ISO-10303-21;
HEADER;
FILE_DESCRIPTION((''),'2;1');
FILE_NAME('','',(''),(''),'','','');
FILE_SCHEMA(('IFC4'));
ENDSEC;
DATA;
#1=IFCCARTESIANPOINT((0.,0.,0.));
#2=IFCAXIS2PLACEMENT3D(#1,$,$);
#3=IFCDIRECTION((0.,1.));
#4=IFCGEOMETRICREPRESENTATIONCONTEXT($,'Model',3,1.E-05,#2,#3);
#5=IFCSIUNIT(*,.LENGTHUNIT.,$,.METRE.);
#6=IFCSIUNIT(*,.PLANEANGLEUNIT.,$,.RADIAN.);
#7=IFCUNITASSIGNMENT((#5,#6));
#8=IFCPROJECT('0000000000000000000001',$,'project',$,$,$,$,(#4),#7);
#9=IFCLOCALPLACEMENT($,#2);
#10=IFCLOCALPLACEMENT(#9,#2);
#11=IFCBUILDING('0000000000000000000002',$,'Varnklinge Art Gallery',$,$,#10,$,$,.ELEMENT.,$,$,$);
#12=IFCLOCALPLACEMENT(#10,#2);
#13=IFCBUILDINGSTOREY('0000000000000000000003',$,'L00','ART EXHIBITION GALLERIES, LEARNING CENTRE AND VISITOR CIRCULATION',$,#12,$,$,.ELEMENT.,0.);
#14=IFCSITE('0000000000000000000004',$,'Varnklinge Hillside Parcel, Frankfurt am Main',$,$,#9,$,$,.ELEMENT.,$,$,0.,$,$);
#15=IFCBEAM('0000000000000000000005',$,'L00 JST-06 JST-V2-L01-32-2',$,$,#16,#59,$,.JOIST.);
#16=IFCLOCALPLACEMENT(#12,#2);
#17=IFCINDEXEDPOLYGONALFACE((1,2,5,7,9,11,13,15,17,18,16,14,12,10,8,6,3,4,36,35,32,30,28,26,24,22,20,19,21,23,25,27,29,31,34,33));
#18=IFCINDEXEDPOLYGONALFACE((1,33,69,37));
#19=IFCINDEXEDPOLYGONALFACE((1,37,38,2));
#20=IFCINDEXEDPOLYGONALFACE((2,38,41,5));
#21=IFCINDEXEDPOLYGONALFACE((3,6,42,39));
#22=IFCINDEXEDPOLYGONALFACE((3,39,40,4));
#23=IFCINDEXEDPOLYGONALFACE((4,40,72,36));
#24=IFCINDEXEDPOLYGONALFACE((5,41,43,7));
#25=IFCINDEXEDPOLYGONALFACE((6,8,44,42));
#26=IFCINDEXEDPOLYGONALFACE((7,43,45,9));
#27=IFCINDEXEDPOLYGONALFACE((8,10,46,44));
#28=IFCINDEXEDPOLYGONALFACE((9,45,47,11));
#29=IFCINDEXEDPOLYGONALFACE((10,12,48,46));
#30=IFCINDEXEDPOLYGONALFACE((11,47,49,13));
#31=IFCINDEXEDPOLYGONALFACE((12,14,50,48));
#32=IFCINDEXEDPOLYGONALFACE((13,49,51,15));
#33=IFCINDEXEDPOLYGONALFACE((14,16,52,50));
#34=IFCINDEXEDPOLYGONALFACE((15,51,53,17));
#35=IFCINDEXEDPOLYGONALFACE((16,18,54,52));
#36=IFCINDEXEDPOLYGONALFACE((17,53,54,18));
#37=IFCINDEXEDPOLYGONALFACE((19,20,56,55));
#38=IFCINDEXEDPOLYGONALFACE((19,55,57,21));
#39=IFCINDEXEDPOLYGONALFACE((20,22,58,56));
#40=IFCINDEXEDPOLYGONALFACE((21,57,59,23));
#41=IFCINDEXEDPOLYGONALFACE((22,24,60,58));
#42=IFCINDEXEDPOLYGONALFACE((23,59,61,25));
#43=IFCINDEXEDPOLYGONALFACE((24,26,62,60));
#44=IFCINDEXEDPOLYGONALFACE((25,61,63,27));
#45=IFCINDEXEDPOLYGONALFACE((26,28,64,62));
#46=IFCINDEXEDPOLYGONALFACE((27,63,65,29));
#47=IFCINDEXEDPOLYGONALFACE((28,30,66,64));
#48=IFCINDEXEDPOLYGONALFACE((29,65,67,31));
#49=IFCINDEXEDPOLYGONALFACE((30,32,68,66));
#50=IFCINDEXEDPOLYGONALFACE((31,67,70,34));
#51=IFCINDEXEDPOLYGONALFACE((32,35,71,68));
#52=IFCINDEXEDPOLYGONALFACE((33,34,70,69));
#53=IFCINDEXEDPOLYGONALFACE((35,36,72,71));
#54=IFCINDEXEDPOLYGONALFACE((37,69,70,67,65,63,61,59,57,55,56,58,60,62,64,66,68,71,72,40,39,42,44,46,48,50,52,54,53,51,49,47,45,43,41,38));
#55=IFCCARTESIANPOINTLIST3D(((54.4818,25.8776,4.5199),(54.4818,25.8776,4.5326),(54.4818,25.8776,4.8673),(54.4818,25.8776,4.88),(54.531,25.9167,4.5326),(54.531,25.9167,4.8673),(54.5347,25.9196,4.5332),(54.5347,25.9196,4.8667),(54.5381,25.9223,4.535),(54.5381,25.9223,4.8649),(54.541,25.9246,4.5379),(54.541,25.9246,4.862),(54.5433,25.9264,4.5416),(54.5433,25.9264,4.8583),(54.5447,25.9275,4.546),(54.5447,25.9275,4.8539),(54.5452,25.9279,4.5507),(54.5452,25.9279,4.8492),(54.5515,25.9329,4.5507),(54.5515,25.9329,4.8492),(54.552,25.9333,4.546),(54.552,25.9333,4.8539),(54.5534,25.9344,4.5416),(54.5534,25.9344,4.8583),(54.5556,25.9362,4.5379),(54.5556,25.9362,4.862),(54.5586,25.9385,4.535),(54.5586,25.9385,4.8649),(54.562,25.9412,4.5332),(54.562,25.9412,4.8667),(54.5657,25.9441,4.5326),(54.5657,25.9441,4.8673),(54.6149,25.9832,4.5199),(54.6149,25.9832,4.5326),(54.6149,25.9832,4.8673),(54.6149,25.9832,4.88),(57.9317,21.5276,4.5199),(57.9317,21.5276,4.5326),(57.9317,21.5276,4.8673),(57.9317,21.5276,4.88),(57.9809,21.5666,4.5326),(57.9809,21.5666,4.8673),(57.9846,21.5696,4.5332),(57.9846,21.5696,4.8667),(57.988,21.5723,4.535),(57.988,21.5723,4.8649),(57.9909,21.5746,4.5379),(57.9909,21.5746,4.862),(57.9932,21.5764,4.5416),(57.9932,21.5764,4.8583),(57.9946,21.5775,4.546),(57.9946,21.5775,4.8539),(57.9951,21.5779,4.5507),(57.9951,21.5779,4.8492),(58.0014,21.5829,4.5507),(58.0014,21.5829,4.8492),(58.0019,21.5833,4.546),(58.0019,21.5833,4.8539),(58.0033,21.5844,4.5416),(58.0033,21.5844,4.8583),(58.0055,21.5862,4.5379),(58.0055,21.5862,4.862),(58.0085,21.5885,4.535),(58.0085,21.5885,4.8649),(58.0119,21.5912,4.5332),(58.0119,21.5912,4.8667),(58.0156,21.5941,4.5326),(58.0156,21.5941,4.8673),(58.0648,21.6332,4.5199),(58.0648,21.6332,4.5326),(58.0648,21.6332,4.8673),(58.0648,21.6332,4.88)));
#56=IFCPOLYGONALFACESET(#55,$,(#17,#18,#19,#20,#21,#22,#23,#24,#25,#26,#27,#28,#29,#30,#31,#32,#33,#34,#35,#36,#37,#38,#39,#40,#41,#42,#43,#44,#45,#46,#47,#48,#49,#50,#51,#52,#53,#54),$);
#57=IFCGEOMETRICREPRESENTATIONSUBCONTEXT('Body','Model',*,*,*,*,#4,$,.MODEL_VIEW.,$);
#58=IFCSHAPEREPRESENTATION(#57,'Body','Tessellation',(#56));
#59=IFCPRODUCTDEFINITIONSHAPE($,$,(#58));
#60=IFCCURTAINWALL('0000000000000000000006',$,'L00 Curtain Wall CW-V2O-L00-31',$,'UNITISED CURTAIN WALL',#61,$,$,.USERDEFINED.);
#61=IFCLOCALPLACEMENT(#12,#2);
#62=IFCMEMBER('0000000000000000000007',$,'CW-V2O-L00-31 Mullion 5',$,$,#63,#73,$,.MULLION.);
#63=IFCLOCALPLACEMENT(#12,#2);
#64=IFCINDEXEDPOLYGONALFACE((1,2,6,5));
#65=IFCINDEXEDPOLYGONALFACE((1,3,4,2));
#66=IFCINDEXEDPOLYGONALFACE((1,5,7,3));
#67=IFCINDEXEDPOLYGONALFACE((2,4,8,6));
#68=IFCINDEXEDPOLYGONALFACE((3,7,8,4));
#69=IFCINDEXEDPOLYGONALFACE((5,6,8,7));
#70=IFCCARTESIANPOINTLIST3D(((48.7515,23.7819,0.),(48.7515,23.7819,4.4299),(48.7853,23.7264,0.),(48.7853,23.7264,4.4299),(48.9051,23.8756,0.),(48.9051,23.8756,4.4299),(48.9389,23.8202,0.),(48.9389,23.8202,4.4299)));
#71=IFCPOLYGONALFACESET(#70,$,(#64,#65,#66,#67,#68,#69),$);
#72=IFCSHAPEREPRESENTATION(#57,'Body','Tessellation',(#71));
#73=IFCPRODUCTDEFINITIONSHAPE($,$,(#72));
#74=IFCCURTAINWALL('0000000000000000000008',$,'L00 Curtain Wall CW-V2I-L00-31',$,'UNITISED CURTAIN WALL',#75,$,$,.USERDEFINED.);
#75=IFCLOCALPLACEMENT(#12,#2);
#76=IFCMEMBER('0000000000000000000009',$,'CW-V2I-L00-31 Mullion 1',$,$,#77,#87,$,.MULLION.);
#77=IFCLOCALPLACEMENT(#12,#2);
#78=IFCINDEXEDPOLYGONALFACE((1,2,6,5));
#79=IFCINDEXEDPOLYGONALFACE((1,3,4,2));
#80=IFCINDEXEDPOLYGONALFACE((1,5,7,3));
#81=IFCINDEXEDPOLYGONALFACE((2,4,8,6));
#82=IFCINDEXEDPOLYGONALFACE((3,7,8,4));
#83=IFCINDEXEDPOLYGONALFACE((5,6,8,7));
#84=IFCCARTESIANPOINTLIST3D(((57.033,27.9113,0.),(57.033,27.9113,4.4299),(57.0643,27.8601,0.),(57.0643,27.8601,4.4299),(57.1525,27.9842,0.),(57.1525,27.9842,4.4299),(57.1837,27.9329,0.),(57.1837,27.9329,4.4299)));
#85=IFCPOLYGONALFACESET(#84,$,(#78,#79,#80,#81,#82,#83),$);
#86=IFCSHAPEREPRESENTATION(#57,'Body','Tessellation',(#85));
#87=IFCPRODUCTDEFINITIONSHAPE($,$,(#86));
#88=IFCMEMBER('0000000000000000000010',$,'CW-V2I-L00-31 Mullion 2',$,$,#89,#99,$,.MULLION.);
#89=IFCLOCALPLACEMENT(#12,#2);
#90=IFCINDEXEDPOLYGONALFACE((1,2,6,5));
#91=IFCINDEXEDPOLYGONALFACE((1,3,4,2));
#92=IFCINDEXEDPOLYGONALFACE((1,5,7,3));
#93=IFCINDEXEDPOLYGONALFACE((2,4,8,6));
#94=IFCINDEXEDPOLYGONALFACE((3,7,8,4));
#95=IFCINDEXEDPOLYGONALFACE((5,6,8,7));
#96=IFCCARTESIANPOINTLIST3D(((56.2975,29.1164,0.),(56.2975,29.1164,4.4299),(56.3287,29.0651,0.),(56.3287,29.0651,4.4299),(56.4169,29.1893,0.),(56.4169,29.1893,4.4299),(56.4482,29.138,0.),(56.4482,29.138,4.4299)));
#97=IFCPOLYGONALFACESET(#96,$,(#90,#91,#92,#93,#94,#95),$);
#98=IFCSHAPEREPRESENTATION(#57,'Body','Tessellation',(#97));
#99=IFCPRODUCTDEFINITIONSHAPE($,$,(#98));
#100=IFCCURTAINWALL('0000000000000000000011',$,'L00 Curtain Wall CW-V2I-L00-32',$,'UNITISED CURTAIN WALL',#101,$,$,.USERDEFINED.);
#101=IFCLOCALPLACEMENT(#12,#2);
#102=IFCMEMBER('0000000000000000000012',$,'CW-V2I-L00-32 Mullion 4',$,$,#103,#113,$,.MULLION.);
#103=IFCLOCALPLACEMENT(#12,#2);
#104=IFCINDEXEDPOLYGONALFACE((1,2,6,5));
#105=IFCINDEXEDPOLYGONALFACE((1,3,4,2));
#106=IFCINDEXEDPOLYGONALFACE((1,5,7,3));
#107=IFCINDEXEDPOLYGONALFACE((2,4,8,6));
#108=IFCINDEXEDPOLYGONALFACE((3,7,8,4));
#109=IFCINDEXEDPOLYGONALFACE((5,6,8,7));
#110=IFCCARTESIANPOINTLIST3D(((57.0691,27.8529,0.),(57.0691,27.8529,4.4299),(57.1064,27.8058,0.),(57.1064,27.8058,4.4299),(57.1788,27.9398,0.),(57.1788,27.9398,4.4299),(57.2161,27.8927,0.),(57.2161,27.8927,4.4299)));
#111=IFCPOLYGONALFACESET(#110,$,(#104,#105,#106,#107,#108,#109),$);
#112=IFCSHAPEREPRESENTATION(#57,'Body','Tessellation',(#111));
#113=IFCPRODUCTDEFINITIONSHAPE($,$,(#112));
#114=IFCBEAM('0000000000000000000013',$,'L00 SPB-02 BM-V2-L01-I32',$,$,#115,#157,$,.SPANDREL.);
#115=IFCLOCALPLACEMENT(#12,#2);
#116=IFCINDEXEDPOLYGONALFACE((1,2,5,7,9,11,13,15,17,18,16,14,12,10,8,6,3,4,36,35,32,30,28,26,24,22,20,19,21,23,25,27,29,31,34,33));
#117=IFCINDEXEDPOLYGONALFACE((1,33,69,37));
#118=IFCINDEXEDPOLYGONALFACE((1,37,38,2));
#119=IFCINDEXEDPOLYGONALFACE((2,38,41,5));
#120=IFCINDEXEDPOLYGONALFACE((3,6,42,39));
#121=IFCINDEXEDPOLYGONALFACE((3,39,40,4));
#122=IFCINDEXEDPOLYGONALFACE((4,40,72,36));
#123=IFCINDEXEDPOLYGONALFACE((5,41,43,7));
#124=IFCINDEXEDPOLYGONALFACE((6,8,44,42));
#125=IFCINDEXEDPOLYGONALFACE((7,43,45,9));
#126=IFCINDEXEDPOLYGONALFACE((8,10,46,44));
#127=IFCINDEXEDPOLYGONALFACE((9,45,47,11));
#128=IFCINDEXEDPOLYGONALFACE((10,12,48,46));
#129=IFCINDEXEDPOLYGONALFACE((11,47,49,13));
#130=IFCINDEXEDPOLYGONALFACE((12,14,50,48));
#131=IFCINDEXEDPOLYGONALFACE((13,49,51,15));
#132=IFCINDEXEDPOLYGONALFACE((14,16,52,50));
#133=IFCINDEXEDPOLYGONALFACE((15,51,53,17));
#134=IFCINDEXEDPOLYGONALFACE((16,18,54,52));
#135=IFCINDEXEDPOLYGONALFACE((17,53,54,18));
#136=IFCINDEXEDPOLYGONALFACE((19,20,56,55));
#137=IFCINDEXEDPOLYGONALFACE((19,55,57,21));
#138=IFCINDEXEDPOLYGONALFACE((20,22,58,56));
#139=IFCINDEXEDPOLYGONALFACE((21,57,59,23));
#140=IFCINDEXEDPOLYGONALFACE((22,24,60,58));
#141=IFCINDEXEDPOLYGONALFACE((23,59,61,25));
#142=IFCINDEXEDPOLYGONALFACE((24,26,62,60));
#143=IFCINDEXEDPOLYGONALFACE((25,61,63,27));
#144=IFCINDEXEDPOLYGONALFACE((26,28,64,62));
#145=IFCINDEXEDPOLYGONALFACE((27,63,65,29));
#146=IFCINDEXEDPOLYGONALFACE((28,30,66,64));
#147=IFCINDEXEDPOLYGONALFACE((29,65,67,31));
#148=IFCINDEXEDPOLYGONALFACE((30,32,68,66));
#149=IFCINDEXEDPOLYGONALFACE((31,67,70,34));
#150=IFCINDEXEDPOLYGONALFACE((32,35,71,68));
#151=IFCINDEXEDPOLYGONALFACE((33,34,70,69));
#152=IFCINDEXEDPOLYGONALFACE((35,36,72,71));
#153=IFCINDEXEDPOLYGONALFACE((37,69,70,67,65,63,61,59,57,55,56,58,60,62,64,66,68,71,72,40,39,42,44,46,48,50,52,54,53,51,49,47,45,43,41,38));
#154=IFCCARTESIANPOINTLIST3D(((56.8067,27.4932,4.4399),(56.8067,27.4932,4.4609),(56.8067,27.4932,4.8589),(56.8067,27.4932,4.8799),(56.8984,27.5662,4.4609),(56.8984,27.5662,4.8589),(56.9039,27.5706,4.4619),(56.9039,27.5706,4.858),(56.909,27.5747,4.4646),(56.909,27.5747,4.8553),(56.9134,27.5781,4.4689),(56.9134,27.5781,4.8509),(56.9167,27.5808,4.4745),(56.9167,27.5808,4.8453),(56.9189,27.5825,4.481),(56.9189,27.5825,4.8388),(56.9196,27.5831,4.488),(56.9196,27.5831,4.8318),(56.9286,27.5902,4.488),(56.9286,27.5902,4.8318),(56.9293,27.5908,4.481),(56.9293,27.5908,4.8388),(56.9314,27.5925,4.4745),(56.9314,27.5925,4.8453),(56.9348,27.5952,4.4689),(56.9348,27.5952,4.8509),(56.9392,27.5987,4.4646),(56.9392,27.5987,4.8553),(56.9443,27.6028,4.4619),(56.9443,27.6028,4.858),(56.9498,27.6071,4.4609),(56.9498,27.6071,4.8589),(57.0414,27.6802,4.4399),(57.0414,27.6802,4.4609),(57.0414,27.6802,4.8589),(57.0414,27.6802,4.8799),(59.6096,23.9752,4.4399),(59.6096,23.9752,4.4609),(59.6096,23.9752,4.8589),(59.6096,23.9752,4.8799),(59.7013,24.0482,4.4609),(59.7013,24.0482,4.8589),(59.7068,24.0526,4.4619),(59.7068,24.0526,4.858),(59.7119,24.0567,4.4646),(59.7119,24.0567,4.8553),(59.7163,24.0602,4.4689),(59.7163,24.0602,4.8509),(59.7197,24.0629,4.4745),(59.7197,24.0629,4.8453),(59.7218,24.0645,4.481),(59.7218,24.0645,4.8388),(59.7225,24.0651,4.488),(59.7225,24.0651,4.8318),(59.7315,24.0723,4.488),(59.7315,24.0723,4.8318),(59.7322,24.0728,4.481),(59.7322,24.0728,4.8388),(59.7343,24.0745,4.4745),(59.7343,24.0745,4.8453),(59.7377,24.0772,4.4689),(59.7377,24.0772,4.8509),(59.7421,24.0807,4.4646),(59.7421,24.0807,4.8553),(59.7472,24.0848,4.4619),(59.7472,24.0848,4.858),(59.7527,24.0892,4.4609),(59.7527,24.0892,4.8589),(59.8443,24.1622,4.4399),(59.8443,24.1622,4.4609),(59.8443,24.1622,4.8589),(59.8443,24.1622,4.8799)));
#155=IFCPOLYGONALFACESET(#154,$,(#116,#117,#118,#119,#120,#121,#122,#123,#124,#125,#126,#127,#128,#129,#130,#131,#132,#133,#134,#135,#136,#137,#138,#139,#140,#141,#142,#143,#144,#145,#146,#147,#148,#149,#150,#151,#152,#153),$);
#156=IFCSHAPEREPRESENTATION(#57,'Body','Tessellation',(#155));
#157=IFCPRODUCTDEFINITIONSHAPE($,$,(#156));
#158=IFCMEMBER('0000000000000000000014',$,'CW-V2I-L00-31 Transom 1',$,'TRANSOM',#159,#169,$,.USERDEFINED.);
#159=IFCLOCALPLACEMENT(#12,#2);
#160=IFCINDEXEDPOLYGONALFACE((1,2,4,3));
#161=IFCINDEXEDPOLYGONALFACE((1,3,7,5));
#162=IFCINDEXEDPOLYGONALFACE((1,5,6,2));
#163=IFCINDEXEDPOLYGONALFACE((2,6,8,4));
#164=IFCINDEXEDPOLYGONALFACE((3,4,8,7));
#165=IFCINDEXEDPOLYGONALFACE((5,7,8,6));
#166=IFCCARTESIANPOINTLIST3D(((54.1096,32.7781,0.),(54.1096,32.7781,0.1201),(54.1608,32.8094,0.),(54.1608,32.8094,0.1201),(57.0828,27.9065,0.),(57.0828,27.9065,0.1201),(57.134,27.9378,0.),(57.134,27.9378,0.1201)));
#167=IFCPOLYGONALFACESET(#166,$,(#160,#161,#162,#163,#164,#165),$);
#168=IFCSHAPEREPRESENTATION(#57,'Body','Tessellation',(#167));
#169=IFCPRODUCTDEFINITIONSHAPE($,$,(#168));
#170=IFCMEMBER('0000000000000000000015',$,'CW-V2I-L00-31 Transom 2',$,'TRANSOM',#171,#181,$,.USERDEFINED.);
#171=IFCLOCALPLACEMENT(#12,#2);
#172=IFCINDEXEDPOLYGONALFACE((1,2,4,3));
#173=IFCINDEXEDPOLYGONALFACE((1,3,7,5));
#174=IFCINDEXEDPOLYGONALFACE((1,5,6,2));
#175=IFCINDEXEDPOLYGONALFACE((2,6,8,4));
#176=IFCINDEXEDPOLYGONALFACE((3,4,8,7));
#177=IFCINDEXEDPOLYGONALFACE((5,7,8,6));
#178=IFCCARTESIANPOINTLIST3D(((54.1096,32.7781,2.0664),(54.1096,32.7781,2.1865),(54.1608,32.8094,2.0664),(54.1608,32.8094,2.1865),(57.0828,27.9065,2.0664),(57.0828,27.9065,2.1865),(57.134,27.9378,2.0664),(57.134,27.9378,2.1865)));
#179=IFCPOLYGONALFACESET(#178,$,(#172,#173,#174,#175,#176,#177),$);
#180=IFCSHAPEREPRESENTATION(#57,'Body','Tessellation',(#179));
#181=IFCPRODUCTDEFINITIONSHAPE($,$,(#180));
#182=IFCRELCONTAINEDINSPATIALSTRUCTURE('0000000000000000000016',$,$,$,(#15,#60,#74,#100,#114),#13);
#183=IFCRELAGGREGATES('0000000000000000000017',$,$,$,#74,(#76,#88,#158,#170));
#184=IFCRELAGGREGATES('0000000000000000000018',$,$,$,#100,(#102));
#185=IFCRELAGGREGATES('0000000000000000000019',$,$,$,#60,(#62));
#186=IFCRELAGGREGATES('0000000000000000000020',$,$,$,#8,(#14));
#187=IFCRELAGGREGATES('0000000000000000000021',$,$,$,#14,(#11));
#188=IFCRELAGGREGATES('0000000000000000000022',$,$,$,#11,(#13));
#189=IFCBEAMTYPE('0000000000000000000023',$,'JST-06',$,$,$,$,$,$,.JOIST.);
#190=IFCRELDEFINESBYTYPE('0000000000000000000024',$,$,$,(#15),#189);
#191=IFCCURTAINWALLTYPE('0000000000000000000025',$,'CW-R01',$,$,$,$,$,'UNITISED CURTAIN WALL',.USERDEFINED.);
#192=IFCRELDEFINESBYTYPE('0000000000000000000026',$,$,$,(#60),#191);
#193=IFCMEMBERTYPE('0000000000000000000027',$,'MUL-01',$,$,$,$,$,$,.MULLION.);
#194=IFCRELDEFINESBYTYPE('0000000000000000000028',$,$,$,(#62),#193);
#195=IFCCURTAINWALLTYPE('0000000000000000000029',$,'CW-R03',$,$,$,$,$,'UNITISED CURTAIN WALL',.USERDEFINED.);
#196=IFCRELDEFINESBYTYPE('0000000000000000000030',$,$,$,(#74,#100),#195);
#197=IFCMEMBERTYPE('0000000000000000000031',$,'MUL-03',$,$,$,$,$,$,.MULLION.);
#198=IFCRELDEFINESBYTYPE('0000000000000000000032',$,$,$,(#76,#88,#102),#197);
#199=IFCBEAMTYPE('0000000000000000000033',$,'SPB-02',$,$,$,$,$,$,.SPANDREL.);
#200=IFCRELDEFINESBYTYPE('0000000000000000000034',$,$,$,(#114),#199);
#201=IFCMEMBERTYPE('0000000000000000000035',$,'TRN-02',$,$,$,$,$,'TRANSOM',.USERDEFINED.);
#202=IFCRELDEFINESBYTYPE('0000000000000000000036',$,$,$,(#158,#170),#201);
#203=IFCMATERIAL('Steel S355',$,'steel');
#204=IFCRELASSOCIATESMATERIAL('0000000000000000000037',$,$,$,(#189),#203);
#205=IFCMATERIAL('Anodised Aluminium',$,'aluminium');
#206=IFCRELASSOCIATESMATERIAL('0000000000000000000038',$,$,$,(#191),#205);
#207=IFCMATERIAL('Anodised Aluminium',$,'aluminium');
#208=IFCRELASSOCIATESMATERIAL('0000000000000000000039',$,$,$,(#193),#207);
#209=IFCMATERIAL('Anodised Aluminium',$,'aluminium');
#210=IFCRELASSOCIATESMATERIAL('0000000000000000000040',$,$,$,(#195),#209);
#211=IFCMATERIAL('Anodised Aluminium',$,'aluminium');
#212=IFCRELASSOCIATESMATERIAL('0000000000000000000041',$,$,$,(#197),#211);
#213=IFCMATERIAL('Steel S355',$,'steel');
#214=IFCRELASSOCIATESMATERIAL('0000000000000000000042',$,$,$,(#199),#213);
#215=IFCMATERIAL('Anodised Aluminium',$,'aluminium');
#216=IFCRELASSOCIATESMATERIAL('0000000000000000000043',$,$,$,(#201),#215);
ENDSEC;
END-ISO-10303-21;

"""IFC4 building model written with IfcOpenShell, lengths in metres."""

from ifc_helpers import new_model, si_unit, direction, frame, origin, origin_2d, place, context, subcontext, project, spatial, rectangle, i_section, extrude, material, material_profile, profile_set, type_object, element, aggregate, save


model = new_model("IFC4")

# Units and contexts
model_context = context("Model", 3, precision=1e-05, world=origin(), true_north=direction((0.0, 1.0)))
body_context = subcontext(model_context, "Body", "Model", "MODEL_VIEW")
ifc_project = project(units=[si_unit("LENGTHUNIT", "METRE"), si_unit("PLANEANGLEUNIT", "RADIAN")], contexts=[model_context])

# Site, building, storey
site_placement = place(None, origin())
site = spatial("IfcSite", under=ifc_project, at=site_placement, Name="Varnklinge Hillside Parcel, Frankfurt am Main", CompositionType="ELEMENT", RefElevation=0.0)
building_placement = place(site_placement, origin())
building = spatial("IfcBuilding", under=site, at=building_placement, Name="Varnklinge Art Gallery", CompositionType="ELEMENT")
storey_placement = place(building_placement, origin())
storey = spatial("IfcBuildingStorey", under=building, at=storey_placement, Name="L00", Description="ART EXHIBITION GALLERIES, LEARNING CENTRE AND VISITOR CIRCULATION", CompositionType="ELEMENT", Elevation=0.0)

# Beam
ifc_material_1 = material(Name="Steel S355", Category="steel")
ifc_material_profile_1 = material_profile(ifc_material_1, i_section(OverallWidth=0.1699, OverallDepth=0.3601, WebThickness=0.0081, FlangeThickness=0.0127, FilletRadius=0.0181, at=origin_2d()), Name="IPE 360")
ifc_profile_set_1 = profile_set([ifc_material_profile_1], Name="Steel S355")
beam_type_1 = type_object("IfcBeamType", Name="JST-06", PredefinedType="JOIST", material=ifc_profile_set_1)
beam_1_placement = place(storey_placement, frame((54.5483, 25.9304, 4.7), z_axis=(0.621381, -0.783509, 0.0), x_axis=(0.783509, 0.621381, 0.0)))
element("IfcBeam", 1, at=beam_1_placement, inside=storey, type_object=beam_type_1, Name="L00 JST-06 JST-V2-L01-32-2", PredefinedType="JOIST", context=body_context, shape_type="SweptSolid", body=[
    extrude(i_section(OverallWidth=0.1699, OverallDepth=0.3601, WebThickness=0.0081, FlangeThickness=0.0127, FilletRadius=0.0181, at=origin_2d()), origin(), (0.0, 0.0, 1.0), 5.552),
])

# Curtain wall, member
ifc_material_2 = material(Name="Anodised Aluminium", Category="aluminium")
curtain_wall_type_1 = type_object("IfcCurtainWallType", Name="CW-R01", ElementType="UNITISED CURTAIN WALL", PredefinedType="USERDEFINED", material=ifc_material_2)
curtain_wall_1_placement = place(storey_placement, origin())
curtain_wall_1 = element("IfcCurtainWall", 2, at=curtain_wall_1_placement, inside=storey, type_object=curtain_wall_type_1, Name="L00 Curtain Wall CW-V2O-L00-31", ObjectType="UNITISED CURTAIN WALL", PredefinedType="USERDEFINED")
ifc_material_3 = material(Name="Anodised Aluminium", Category="aluminium")
ifc_material_profile_2 = material_profile(ifc_material_3, rectangle(XDim=0.0649, YDim=0.1799, at=origin_2d()), Name="ALU 65x180")
ifc_profile_set_2 = profile_set([ifc_material_profile_2], Name="Anodised Aluminium")
member_type_1 = type_object("IfcMemberType", Name="MUL-01", PredefinedType="MULLION", material=ifc_profile_set_2)
member_1_placement = place(storey_placement, frame((48.8452, 23.801, 0.0), z_axis=(0.0, 0.0, 1.0), x_axis=(0.520861, -0.853642, 0.0)))
member_1 = element("IfcMember", 3, at=member_1_placement, type_object=member_type_1, Name="CW-V2O-L00-31 Mullion 5", PredefinedType="MULLION", context=body_context, shape_type="SweptSolid", body=[
    extrude(rectangle(XDim=0.0649, YDim=0.1799, at=origin_2d()), origin(), (0.0, 0.0, 1.0), 4.4299),
])

# Curtain wall, members
ifc_material_4 = material(Name="Anodised Aluminium", Category="aluminium")
curtain_wall_type_2 = type_object("IfcCurtainWallType", Name="CW-R03", ElementType="UNITISED CURTAIN WALL", PredefinedType="USERDEFINED", material=ifc_material_4)
curtain_wall_2_placement = place(storey_placement, origin())
curtain_wall_2 = element("IfcCurtainWall", 4, at=curtain_wall_2_placement, inside=storey, type_object=curtain_wall_type_2, Name="L00 Curtain Wall CW-V2I-L00-31", ObjectType="UNITISED CURTAIN WALL", PredefinedType="USERDEFINED")
ifc_material_5 = material(Name="Anodised Aluminium", Category="aluminium")
ifc_material_profile_3 = material_profile(ifc_material_5, rectangle(XDim=0.0601, YDim=0.1399, at=origin_2d()), Name="ALU 60x140")
ifc_profile_set_3 = profile_set([ifc_material_profile_3], Name="Anodised Aluminium")
member_type_2 = type_object("IfcMemberType", Name="MUL-03", PredefinedType="MULLION", material=ifc_profile_set_3)
member_2_placement = place(storey_placement, frame((57.1084, 27.9221, 0.0), z_axis=(0.0, 0.0, 1.0), x_axis=(-0.520861, 0.853642, 0.0)))
member_2 = element("IfcMember", 5, at=member_2_placement, type_object=member_type_2, Name="CW-V2I-L00-31 Mullion 1", PredefinedType="MULLION", context=body_context, shape_type="SweptSolid", body=[
    extrude(rectangle(XDim=0.0601, YDim=0.1399, at=origin_2d()), origin(), (0.0, 0.0, 1.0), 4.4299),
])
member_3_placement = place(storey_placement, frame((56.3728, 29.1272, 0.0), z_axis=(0.0, 0.0, 1.0), x_axis=(-0.520861, 0.853642, 0.0)))
member_3 = element("IfcMember", 6, at=member_3_placement, type_object=member_type_2, Name="CW-V2I-L00-31 Mullion 2", PredefinedType="MULLION", context=body_context, shape_type="SweptSolid", body=[
    extrude(rectangle(XDim=0.0601, YDim=0.1399, at=origin_2d()), origin(), (0.0, 0.0, 1.0), 4.4299),
])

# Curtain wall, member
curtain_wall_3_placement = place(storey_placement, origin())
curtain_wall_3 = element("IfcCurtainWall", 7, at=curtain_wall_3_placement, inside=storey, type_object=curtain_wall_type_2, Name="L00 Curtain Wall CW-V2I-L00-32", ObjectType="UNITISED CURTAIN WALL", PredefinedType="USERDEFINED")
member_4_placement = place(storey_placement, frame((57.1426, 27.8728, 0.0), z_axis=(0.0, 0.0, 1.0), x_axis=(-0.620737, 0.784019, 0.0)))
member_4 = element("IfcMember", 8, at=member_4_placement, type_object=member_type_2, Name="CW-V2I-L00-32 Mullion 4", PredefinedType="MULLION", context=body_context, shape_type="SweptSolid", body=[
    extrude(rectangle(XDim=0.0601, YDim=0.1399, at=origin_2d()), origin(), (0.0, 0.0, 1.0), 4.4299),
])

# Beam
ifc_material_6 = material(Name="Steel S355", Category="steel")
ifc_material_profile_4 = material_profile(ifc_material_6, i_section(OverallWidth=0.3, OverallDepth=0.4399, WebThickness=0.0115, FlangeThickness=0.021, FilletRadius=0.0271, at=origin_2d()), Name="HEA 450")
ifc_profile_set_4 = profile_set([ifc_material_profile_4], Name="Steel S355")
beam_type_2 = type_object("IfcBeamType", Name="SPB-02", PredefinedType="SPANDREL", material=ifc_profile_set_4)
beam_2_placement = place(storey_placement, frame((56.9241, 27.5867, 4.6599), z_axis=(0.623138, -0.782112, 0.0), x_axis=(0.782112, 0.623138, 0.0)))
element("IfcBeam", 9, at=beam_2_placement, inside=storey, type_object=beam_type_2, Name="L00 SPB-02 BM-V2-L01-I32", PredefinedType="SPANDREL", context=body_context, shape_type="SweptSolid", body=[
    extrude(i_section(OverallWidth=0.3, OverallDepth=0.4399, WebThickness=0.0115, FlangeThickness=0.021, FilletRadius=0.0271, at=origin_2d()), origin(), (0.0, 0.0, 1.0), 4.498),
])

# Members
ifc_material_7 = material(Name="Anodised Aluminium", Category="aluminium")
ifc_material_profile_5 = material_profile(ifc_material_7, rectangle(XDim=0.0601, YDim=0.1201, at=origin_2d()), Name="ALU 60x120")
ifc_profile_set_5 = profile_set([ifc_material_profile_5], Name="Anodised Aluminium")
member_type_3 = type_object("IfcMemberType", Name="TRN-02", ElementType="TRANSOM", PredefinedType="USERDEFINED", material=ifc_profile_set_5)
member_5_placement = place(storey_placement, frame((57.1084, 27.9221, 0.0601), z_axis=(-0.520948, 0.853588, 0.0), x_axis=(-0.853588, -0.520948, 0.0)))
member_5 = element("IfcMember", 10, at=member_5_placement, type_object=member_type_3, Name="CW-V2I-L00-31 Transom 1", ObjectType="TRANSOM", PredefinedType="USERDEFINED", context=body_context, shape_type="SweptSolid", body=[
    extrude(rectangle(XDim=0.0601, YDim=0.1201, at=origin_2d()), origin(), (0.0, 0.0, 1.0), 5.7073),
])
member_6_placement = place(storey_placement, frame((57.1084, 27.9221, 2.1265), z_axis=(-0.520948, 0.853588, 0.0), x_axis=(-0.853588, -0.520948, 0.0)))
member_6 = element("IfcMember", 11, at=member_6_placement, type_object=member_type_3, Name="CW-V2I-L00-31 Transom 2", ObjectType="TRANSOM", PredefinedType="USERDEFINED", context=body_context, shape_type="SweptSolid", body=[
    extrude(rectangle(XDim=0.0601, YDim=0.1201, at=origin_2d()), origin(), (0.0, 0.0, 1.0), 5.7073),
])

aggregate(curtain_wall_2, [member_2, member_3, member_5, member_6])
aggregate(curtain_wall_3, [member_4])
aggregate(curtain_wall_1, [member_1])

save(model, "model.ifc")
